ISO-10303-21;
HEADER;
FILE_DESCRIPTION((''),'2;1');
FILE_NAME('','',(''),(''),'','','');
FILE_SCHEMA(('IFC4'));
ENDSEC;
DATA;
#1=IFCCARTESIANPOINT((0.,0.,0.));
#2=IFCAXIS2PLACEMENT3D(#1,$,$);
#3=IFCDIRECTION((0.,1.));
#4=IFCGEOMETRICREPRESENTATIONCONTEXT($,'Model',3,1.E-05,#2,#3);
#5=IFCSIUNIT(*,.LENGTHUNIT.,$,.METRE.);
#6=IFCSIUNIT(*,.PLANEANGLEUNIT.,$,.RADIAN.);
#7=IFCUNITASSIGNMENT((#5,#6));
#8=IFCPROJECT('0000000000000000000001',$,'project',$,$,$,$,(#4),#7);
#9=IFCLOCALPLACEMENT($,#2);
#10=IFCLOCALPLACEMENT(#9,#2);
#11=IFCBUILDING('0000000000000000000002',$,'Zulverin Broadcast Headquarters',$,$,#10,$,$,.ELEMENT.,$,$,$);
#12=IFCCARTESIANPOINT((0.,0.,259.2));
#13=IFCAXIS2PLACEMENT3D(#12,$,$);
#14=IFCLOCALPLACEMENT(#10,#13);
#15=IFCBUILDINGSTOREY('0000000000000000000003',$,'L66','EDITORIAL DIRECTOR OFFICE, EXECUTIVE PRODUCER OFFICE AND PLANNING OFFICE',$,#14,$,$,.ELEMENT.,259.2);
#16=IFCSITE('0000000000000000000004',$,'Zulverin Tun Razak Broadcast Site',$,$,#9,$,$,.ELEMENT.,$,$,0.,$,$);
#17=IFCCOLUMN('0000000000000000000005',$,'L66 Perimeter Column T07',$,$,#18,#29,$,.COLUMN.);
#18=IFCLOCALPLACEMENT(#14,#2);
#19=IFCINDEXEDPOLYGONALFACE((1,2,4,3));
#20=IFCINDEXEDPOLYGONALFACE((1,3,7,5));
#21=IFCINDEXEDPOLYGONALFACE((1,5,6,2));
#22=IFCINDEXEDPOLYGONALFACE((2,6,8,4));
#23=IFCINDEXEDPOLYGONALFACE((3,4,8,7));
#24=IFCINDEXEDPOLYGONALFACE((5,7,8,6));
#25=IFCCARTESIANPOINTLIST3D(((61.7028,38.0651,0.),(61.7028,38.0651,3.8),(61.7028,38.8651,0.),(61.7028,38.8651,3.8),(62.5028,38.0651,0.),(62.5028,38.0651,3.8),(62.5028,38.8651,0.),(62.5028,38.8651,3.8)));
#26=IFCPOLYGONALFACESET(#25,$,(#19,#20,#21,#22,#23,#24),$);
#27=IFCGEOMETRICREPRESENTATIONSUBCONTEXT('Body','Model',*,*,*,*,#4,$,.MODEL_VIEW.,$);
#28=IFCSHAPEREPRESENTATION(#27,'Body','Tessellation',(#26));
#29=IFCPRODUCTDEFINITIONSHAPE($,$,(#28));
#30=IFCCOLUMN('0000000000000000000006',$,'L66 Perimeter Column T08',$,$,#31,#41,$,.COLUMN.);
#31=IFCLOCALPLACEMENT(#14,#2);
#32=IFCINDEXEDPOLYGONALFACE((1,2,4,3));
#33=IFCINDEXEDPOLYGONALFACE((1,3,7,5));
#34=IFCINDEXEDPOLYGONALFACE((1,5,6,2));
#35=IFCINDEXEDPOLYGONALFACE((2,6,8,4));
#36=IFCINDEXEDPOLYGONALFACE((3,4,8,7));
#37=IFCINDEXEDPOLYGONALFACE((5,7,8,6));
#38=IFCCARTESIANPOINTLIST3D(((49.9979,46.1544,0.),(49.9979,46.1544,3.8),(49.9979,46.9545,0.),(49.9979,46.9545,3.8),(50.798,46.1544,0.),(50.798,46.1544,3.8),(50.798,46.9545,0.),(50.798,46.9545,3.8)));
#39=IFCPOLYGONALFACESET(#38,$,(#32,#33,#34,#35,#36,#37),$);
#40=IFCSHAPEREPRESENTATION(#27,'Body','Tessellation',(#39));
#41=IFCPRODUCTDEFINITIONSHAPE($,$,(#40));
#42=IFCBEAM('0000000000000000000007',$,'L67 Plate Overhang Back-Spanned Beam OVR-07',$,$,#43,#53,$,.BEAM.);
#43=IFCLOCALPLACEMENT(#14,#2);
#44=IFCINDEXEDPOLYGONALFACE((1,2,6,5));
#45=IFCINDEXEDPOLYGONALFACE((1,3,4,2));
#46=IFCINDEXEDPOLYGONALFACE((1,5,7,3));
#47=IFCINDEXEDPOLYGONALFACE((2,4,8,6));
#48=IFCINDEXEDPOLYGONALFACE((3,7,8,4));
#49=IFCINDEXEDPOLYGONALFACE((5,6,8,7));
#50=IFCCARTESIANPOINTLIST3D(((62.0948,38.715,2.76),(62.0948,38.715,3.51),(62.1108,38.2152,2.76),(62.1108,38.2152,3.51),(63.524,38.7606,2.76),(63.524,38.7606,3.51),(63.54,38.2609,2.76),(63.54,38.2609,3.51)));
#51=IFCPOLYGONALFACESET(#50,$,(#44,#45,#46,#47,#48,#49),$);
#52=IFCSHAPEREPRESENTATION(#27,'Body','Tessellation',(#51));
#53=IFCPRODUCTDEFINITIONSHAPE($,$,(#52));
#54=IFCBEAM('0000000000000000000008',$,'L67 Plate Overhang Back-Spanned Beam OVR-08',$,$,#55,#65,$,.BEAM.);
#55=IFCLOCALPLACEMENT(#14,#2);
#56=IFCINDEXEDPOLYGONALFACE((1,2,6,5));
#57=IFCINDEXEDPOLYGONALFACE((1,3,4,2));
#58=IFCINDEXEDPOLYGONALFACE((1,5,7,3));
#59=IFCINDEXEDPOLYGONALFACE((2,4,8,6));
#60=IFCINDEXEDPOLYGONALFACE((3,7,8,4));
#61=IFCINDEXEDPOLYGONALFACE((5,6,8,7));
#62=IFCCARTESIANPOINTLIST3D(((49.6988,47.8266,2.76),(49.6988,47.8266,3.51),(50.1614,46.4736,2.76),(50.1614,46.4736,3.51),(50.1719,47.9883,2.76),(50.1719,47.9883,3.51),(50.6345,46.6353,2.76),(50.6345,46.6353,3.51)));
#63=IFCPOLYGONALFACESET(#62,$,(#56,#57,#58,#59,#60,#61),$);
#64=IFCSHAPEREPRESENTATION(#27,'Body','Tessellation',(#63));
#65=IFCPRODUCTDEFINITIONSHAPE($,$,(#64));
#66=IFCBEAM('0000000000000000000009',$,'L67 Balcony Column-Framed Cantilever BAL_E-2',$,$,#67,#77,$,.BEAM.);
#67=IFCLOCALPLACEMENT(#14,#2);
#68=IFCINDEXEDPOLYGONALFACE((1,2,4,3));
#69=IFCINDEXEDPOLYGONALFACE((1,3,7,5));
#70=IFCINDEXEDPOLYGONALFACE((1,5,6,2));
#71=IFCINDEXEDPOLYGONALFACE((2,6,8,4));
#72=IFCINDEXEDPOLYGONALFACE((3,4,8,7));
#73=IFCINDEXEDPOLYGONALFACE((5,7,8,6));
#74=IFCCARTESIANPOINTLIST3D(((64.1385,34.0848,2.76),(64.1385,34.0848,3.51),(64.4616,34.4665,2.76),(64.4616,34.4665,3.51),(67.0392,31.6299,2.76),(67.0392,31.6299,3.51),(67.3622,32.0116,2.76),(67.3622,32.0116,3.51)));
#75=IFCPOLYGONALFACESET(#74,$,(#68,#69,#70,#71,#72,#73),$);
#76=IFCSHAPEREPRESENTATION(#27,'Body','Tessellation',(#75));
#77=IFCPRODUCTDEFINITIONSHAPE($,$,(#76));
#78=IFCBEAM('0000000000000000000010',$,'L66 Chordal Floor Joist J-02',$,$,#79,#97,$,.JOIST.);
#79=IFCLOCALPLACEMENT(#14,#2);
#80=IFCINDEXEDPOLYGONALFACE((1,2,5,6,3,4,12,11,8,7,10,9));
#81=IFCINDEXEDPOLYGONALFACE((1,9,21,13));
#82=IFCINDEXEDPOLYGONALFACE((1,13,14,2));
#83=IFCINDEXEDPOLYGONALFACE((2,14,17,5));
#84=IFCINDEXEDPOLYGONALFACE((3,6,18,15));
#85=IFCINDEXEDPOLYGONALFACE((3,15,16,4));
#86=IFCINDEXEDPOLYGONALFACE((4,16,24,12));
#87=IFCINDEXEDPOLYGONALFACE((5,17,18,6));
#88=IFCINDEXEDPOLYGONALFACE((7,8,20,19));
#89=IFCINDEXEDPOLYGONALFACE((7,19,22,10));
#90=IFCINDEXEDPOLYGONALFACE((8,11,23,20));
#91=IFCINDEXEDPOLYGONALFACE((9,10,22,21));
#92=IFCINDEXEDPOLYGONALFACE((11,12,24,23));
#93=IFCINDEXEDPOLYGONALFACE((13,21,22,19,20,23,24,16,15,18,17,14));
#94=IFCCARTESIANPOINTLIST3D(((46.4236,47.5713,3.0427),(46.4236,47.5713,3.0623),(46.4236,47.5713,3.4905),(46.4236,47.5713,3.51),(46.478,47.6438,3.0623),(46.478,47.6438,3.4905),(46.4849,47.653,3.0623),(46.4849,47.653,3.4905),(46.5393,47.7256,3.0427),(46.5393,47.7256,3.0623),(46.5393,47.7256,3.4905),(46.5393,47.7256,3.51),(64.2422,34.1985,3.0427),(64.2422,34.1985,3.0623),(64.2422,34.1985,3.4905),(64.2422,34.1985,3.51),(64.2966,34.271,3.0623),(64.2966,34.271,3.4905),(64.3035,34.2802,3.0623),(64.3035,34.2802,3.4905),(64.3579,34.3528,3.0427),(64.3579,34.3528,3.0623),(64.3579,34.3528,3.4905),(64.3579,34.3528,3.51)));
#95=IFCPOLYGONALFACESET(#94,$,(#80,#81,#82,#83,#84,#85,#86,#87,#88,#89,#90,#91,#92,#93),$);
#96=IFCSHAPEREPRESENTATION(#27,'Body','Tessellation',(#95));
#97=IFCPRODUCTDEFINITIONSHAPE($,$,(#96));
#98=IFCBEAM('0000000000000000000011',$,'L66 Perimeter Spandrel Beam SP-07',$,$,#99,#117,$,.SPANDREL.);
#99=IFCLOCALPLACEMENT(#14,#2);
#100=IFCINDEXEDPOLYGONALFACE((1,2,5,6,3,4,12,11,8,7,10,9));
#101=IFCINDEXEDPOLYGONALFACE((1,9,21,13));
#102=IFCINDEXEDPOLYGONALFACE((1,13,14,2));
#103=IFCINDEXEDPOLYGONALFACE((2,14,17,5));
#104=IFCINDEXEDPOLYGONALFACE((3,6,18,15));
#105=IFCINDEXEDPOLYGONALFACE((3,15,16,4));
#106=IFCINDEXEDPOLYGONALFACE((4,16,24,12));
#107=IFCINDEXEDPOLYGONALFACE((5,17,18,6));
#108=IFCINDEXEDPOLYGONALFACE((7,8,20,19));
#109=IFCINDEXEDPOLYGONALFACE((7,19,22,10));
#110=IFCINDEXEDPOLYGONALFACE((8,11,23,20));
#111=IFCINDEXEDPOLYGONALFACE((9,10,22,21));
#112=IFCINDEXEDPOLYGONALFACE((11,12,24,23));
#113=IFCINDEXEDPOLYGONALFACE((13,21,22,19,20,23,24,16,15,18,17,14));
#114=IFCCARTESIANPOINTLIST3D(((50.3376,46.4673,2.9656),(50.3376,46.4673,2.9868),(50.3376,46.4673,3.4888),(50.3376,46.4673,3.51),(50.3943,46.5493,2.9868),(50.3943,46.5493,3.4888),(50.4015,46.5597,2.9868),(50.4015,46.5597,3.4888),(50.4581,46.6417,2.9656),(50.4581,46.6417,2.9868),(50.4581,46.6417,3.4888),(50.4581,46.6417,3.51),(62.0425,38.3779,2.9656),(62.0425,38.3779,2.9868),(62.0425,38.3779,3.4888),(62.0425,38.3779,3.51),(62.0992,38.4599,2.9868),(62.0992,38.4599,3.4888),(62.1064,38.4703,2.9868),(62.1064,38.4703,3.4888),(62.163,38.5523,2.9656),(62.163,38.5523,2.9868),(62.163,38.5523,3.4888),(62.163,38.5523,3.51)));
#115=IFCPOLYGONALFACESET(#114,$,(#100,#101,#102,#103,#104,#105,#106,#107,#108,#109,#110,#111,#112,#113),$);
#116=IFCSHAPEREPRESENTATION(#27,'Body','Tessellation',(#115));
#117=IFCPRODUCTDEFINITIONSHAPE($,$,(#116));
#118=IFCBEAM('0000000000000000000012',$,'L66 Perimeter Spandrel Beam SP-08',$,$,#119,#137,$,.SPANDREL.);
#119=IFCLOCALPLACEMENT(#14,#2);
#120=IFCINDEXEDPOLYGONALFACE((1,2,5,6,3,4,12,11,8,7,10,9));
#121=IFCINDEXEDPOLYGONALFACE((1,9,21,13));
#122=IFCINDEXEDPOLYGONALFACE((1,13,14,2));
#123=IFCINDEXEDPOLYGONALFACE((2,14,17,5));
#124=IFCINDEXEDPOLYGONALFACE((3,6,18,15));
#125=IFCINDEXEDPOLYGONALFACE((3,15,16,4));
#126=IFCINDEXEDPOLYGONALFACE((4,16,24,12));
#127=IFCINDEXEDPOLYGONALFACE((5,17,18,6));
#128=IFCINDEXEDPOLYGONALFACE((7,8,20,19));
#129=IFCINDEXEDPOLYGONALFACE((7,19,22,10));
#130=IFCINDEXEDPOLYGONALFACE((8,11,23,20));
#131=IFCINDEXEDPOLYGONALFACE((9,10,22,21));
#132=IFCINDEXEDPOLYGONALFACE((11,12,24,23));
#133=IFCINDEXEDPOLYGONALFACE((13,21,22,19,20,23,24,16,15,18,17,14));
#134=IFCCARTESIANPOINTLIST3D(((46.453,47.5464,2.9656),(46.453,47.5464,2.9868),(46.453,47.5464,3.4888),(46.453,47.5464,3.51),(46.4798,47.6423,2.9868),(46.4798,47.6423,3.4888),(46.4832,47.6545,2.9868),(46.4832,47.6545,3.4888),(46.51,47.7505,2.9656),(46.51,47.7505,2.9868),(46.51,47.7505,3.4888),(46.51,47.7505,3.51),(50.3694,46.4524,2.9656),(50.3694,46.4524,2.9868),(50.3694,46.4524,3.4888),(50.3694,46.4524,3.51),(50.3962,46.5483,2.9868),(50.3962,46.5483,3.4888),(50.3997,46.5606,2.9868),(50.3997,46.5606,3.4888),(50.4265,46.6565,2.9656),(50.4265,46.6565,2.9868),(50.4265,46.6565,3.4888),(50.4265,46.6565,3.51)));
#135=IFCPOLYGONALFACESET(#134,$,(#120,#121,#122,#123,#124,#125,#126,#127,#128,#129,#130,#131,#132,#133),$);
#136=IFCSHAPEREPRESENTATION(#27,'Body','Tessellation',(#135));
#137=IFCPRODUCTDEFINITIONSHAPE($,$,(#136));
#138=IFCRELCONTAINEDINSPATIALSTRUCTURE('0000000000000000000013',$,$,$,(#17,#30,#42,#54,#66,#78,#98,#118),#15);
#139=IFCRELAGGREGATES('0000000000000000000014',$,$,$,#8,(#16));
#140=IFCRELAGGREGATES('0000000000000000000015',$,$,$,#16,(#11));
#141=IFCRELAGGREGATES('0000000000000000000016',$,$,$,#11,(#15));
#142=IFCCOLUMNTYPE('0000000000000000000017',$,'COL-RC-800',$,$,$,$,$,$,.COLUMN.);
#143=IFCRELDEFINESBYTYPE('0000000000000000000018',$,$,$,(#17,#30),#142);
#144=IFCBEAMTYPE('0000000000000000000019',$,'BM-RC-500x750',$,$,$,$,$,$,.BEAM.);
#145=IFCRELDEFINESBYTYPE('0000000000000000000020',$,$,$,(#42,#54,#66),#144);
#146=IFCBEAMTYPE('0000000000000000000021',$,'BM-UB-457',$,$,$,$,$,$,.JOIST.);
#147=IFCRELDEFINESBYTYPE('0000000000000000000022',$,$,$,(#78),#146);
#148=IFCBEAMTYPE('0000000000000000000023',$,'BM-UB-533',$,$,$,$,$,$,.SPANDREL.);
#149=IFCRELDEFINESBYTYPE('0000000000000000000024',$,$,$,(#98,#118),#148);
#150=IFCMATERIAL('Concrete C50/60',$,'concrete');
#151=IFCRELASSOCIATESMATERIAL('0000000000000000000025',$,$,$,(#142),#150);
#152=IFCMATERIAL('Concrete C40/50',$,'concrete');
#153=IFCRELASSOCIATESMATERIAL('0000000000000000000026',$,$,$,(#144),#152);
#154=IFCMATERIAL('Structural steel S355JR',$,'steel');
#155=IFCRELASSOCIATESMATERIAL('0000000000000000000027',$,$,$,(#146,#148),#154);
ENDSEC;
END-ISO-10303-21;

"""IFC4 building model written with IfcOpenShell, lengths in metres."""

from ifc_helpers import new_model, si_unit, direction, frame, origin, origin_2d, place, context, subcontext, project, spatial, rectangle, i_section, extrude, material, material_profile, profile_set, type_object, element, save


model = new_model("IFC4")

# Units and contexts
model_context = context("Model", 3, precision=1e-05, world=origin(), true_north=direction((0.0, 1.0)))
body_context = subcontext(model_context, "Body", "Model", "MODEL_VIEW")
ifc_project = project(units=[si_unit("LENGTHUNIT", "METRE"), si_unit("PLANEANGLEUNIT", "RADIAN")], contexts=[model_context])

# Site, building, storey
site_placement = place(None, origin())
site = spatial("IfcSite", under=ifc_project, at=site_placement, Name="Zulverin Tun Razak Broadcast Site", CompositionType="ELEMENT", RefElevation=0.0)
building_placement = place(site_placement, origin())
building = spatial("IfcBuilding", under=site, at=building_placement, Name="Zulverin Broadcast Headquarters", CompositionType="ELEMENT")
storey_placement = place(building_placement, frame((0.0, 0.0, 259.2)))
storey = spatial("IfcBuildingStorey", under=building, at=storey_placement, Name="L66", Description="EDITORIAL DIRECTOR OFFICE, EXECUTIVE PRODUCER OFFICE AND PLANNING OFFICE", CompositionType="ELEMENT", Elevation=259.2)

# Columns
ifc_material_1 = material(Name="Concrete C50/60", Category="concrete")
ifc_material_profile_1 = material_profile(ifc_material_1, rectangle(XDim=0.8, YDim=0.8, at=origin_2d()), Name="Concrete C50/60", Category="concrete")
ifc_profile_set_1 = profile_set([ifc_material_profile_1], Name="Concrete C50/60")
column_type = type_object("IfcColumnType", Name="COL-RC-800", PredefinedType="COLUMN", material=ifc_profile_set_1)
for number, where, z_axis, x_axis, name in (
    (1, (62.1028, 38.4651, 0.0), (0.0, 0.0, 1.0), (1.0, 0.0, 0.0), "L66 Perimeter Column T07"),
    (2, (50.3979, 46.5544, 0.0), (0.0, 0.0, 1.0), (1.0, 0.0, 0.0), "L66 Perimeter Column T08"),
):
    element("IfcColumn", number, at=place(storey_placement, frame(where, z_axis=z_axis, x_axis=x_axis)), inside=storey, type_object=column_type, Name=name, PredefinedType="COLUMN", context=body_context, shape_type="SweptSolid", body=[
        extrude(rectangle(XDim=0.8, YDim=0.8, at=origin_2d()), origin(), (0.0, 0.0, 1.0), 3.8),
    ])

# Beams
ifc_material_2 = material(Name="Concrete C40/50", Category="concrete")
ifc_material_profile_2 = material_profile(ifc_material_2, rectangle(XDim=0.5, YDim=0.75, at=origin_2d()), Name="Concrete C40/50", Category="concrete")
ifc_profile_set_2 = profile_set([ifc_material_profile_2], Name="Concrete C40/50")
beam_type_1 = type_object("IfcBeamType", Name="BM-RC-500x750", PredefinedType="BEAM", material=ifc_profile_set_2)
for number, where, z_axis, x_axis, name in (
    (3, (62.1028, 38.4651, 3.135), (0.99949, 0.031928, 0.0), (-0.031928, 0.99949, 0.0), "L67 Plate Overhang Back-Spanned Beam OVR-07"),
    (4, (50.3979, 46.5544, 3.135), (-0.323543, 0.946214, 0.0), (-0.946214, -0.323543, 0.0), "L67 Plate Overhang Back-Spanned Beam OVR-08"),
):
    element("IfcBeam", number, at=place(storey_placement, frame(where, z_axis=z_axis, x_axis=x_axis)), inside=storey, type_object=beam_type_1, Name=name, PredefinedType="BEAM", context=body_context, shape_type="SweptSolid", body=[
        extrude(rectangle(XDim=0.5, YDim=0.75, at=origin_2d()), origin(), (0.0, 0.0, 1.0), 1.4299),
    ])
beam_1_placement = place(storey_placement, frame((64.3, 34.2756, 3.135), z_axis=(0.763328, -0.646011, 0.0), x_axis=(0.646011, 0.763328, 0.0)))
element("IfcBeam", 5, at=beam_1_placement, inside=storey, type_object=beam_type_1, Name="L67 Balcony Column-Framed Cantilever BAL_E-2", PredefinedType="BEAM", context=body_context, shape_type="SweptSolid", body=[
    extrude(rectangle(XDim=0.5, YDim=0.75, at=origin_2d()), origin(), (0.0, 0.0, 1.0), 3.8),
])
ifc_material_3 = material(Name="Structural steel S355JR", Category="steel")
ifc_material_profile_3 = material_profile(ifc_material_3, i_section(OverallWidth=0.1929, OverallDepth=0.4673, WebThickness=0.0115, FlangeThickness=0.0195, at=origin_2d()), Name="Structural steel S355JR", Category="steel")
ifc_profile_set_3 = profile_set([ifc_material_profile_3], Name="Structural steel S355JR")
beam_type_2 = type_object("IfcBeamType", Name="BM-UB-457", PredefinedType="JOIST", material=ifc_profile_set_3)
beam_2_placement = place(storey_placement, frame((64.3, 34.2756, 3.2764), z_axis=(-0.799809, 0.600254, 0.0), x_axis=(-0.600254, -0.799809, 0.0)))
element("IfcBeam", 6, at=beam_2_placement, inside=storey, type_object=beam_type_2, Name="L66 Chordal Floor Joist J-02", PredefinedType="JOIST", context=body_context, shape_type="SweptSolid", body=[
    extrude(i_section(OverallWidth=0.1929, OverallDepth=0.4673, WebThickness=0.0115, FlangeThickness=0.0195, at=origin_2d()), origin(), (0.0, 0.0, 1.0), 22.2786),
])
ifc_material_profile_4 = material_profile(ifc_material_3, i_section(OverallWidth=0.2119, OverallDepth=0.5444, WebThickness=0.0127, FlangeThickness=0.0212, at=origin_2d()), Name="Structural steel S355JR", Category="steel")
ifc_profile_set_4 = profile_set([ifc_material_profile_4], Name="Structural steel S355JR")
beam_type_3 = type_object("IfcBeamType", Name="BM-UB-533", PredefinedType="SPANDREL", material=ifc_profile_set_4)
beam_3_placement = place(storey_placement, frame((62.1028, 38.4651, 3.2378), z_axis=(-0.822652, 0.568545, 0.0), x_axis=(-0.568545, -0.822652, 0.0)))
element("IfcBeam", 7, at=beam_3_placement, inside=storey, type_object=beam_type_3, Name="L66 Perimeter Spandrel Beam SP-07", PredefinedType="SPANDREL", context=body_context, shape_type="SweptSolid", body=[
    extrude(i_section(OverallWidth=0.2119, OverallDepth=0.5444, WebThickness=0.0127, FlangeThickness=0.0212, at=origin_2d()), origin(), (0.0, 0.0, 1.0), 14.2283),
])
beam_4_placement = place(storey_placement, frame((50.3979, 46.5544, 3.2378), z_axis=(-0.963132, 0.269031, 0.0), x_axis=(-0.269031, -0.963132, 0.0)))
element("IfcBeam", 8, at=beam_4_placement, inside=storey, type_object=beam_type_3, Name="L66 Perimeter Spandrel Beam SP-08", PredefinedType="SPANDREL", context=body_context, shape_type="SweptSolid", body=[
    extrude(i_section(OverallWidth=0.2119, OverallDepth=0.5444, WebThickness=0.0127, FlangeThickness=0.0212, at=origin_2d()), origin(), (0.0, 0.0, 1.0), 4.0664),
])

save(model, "model.ifc")
